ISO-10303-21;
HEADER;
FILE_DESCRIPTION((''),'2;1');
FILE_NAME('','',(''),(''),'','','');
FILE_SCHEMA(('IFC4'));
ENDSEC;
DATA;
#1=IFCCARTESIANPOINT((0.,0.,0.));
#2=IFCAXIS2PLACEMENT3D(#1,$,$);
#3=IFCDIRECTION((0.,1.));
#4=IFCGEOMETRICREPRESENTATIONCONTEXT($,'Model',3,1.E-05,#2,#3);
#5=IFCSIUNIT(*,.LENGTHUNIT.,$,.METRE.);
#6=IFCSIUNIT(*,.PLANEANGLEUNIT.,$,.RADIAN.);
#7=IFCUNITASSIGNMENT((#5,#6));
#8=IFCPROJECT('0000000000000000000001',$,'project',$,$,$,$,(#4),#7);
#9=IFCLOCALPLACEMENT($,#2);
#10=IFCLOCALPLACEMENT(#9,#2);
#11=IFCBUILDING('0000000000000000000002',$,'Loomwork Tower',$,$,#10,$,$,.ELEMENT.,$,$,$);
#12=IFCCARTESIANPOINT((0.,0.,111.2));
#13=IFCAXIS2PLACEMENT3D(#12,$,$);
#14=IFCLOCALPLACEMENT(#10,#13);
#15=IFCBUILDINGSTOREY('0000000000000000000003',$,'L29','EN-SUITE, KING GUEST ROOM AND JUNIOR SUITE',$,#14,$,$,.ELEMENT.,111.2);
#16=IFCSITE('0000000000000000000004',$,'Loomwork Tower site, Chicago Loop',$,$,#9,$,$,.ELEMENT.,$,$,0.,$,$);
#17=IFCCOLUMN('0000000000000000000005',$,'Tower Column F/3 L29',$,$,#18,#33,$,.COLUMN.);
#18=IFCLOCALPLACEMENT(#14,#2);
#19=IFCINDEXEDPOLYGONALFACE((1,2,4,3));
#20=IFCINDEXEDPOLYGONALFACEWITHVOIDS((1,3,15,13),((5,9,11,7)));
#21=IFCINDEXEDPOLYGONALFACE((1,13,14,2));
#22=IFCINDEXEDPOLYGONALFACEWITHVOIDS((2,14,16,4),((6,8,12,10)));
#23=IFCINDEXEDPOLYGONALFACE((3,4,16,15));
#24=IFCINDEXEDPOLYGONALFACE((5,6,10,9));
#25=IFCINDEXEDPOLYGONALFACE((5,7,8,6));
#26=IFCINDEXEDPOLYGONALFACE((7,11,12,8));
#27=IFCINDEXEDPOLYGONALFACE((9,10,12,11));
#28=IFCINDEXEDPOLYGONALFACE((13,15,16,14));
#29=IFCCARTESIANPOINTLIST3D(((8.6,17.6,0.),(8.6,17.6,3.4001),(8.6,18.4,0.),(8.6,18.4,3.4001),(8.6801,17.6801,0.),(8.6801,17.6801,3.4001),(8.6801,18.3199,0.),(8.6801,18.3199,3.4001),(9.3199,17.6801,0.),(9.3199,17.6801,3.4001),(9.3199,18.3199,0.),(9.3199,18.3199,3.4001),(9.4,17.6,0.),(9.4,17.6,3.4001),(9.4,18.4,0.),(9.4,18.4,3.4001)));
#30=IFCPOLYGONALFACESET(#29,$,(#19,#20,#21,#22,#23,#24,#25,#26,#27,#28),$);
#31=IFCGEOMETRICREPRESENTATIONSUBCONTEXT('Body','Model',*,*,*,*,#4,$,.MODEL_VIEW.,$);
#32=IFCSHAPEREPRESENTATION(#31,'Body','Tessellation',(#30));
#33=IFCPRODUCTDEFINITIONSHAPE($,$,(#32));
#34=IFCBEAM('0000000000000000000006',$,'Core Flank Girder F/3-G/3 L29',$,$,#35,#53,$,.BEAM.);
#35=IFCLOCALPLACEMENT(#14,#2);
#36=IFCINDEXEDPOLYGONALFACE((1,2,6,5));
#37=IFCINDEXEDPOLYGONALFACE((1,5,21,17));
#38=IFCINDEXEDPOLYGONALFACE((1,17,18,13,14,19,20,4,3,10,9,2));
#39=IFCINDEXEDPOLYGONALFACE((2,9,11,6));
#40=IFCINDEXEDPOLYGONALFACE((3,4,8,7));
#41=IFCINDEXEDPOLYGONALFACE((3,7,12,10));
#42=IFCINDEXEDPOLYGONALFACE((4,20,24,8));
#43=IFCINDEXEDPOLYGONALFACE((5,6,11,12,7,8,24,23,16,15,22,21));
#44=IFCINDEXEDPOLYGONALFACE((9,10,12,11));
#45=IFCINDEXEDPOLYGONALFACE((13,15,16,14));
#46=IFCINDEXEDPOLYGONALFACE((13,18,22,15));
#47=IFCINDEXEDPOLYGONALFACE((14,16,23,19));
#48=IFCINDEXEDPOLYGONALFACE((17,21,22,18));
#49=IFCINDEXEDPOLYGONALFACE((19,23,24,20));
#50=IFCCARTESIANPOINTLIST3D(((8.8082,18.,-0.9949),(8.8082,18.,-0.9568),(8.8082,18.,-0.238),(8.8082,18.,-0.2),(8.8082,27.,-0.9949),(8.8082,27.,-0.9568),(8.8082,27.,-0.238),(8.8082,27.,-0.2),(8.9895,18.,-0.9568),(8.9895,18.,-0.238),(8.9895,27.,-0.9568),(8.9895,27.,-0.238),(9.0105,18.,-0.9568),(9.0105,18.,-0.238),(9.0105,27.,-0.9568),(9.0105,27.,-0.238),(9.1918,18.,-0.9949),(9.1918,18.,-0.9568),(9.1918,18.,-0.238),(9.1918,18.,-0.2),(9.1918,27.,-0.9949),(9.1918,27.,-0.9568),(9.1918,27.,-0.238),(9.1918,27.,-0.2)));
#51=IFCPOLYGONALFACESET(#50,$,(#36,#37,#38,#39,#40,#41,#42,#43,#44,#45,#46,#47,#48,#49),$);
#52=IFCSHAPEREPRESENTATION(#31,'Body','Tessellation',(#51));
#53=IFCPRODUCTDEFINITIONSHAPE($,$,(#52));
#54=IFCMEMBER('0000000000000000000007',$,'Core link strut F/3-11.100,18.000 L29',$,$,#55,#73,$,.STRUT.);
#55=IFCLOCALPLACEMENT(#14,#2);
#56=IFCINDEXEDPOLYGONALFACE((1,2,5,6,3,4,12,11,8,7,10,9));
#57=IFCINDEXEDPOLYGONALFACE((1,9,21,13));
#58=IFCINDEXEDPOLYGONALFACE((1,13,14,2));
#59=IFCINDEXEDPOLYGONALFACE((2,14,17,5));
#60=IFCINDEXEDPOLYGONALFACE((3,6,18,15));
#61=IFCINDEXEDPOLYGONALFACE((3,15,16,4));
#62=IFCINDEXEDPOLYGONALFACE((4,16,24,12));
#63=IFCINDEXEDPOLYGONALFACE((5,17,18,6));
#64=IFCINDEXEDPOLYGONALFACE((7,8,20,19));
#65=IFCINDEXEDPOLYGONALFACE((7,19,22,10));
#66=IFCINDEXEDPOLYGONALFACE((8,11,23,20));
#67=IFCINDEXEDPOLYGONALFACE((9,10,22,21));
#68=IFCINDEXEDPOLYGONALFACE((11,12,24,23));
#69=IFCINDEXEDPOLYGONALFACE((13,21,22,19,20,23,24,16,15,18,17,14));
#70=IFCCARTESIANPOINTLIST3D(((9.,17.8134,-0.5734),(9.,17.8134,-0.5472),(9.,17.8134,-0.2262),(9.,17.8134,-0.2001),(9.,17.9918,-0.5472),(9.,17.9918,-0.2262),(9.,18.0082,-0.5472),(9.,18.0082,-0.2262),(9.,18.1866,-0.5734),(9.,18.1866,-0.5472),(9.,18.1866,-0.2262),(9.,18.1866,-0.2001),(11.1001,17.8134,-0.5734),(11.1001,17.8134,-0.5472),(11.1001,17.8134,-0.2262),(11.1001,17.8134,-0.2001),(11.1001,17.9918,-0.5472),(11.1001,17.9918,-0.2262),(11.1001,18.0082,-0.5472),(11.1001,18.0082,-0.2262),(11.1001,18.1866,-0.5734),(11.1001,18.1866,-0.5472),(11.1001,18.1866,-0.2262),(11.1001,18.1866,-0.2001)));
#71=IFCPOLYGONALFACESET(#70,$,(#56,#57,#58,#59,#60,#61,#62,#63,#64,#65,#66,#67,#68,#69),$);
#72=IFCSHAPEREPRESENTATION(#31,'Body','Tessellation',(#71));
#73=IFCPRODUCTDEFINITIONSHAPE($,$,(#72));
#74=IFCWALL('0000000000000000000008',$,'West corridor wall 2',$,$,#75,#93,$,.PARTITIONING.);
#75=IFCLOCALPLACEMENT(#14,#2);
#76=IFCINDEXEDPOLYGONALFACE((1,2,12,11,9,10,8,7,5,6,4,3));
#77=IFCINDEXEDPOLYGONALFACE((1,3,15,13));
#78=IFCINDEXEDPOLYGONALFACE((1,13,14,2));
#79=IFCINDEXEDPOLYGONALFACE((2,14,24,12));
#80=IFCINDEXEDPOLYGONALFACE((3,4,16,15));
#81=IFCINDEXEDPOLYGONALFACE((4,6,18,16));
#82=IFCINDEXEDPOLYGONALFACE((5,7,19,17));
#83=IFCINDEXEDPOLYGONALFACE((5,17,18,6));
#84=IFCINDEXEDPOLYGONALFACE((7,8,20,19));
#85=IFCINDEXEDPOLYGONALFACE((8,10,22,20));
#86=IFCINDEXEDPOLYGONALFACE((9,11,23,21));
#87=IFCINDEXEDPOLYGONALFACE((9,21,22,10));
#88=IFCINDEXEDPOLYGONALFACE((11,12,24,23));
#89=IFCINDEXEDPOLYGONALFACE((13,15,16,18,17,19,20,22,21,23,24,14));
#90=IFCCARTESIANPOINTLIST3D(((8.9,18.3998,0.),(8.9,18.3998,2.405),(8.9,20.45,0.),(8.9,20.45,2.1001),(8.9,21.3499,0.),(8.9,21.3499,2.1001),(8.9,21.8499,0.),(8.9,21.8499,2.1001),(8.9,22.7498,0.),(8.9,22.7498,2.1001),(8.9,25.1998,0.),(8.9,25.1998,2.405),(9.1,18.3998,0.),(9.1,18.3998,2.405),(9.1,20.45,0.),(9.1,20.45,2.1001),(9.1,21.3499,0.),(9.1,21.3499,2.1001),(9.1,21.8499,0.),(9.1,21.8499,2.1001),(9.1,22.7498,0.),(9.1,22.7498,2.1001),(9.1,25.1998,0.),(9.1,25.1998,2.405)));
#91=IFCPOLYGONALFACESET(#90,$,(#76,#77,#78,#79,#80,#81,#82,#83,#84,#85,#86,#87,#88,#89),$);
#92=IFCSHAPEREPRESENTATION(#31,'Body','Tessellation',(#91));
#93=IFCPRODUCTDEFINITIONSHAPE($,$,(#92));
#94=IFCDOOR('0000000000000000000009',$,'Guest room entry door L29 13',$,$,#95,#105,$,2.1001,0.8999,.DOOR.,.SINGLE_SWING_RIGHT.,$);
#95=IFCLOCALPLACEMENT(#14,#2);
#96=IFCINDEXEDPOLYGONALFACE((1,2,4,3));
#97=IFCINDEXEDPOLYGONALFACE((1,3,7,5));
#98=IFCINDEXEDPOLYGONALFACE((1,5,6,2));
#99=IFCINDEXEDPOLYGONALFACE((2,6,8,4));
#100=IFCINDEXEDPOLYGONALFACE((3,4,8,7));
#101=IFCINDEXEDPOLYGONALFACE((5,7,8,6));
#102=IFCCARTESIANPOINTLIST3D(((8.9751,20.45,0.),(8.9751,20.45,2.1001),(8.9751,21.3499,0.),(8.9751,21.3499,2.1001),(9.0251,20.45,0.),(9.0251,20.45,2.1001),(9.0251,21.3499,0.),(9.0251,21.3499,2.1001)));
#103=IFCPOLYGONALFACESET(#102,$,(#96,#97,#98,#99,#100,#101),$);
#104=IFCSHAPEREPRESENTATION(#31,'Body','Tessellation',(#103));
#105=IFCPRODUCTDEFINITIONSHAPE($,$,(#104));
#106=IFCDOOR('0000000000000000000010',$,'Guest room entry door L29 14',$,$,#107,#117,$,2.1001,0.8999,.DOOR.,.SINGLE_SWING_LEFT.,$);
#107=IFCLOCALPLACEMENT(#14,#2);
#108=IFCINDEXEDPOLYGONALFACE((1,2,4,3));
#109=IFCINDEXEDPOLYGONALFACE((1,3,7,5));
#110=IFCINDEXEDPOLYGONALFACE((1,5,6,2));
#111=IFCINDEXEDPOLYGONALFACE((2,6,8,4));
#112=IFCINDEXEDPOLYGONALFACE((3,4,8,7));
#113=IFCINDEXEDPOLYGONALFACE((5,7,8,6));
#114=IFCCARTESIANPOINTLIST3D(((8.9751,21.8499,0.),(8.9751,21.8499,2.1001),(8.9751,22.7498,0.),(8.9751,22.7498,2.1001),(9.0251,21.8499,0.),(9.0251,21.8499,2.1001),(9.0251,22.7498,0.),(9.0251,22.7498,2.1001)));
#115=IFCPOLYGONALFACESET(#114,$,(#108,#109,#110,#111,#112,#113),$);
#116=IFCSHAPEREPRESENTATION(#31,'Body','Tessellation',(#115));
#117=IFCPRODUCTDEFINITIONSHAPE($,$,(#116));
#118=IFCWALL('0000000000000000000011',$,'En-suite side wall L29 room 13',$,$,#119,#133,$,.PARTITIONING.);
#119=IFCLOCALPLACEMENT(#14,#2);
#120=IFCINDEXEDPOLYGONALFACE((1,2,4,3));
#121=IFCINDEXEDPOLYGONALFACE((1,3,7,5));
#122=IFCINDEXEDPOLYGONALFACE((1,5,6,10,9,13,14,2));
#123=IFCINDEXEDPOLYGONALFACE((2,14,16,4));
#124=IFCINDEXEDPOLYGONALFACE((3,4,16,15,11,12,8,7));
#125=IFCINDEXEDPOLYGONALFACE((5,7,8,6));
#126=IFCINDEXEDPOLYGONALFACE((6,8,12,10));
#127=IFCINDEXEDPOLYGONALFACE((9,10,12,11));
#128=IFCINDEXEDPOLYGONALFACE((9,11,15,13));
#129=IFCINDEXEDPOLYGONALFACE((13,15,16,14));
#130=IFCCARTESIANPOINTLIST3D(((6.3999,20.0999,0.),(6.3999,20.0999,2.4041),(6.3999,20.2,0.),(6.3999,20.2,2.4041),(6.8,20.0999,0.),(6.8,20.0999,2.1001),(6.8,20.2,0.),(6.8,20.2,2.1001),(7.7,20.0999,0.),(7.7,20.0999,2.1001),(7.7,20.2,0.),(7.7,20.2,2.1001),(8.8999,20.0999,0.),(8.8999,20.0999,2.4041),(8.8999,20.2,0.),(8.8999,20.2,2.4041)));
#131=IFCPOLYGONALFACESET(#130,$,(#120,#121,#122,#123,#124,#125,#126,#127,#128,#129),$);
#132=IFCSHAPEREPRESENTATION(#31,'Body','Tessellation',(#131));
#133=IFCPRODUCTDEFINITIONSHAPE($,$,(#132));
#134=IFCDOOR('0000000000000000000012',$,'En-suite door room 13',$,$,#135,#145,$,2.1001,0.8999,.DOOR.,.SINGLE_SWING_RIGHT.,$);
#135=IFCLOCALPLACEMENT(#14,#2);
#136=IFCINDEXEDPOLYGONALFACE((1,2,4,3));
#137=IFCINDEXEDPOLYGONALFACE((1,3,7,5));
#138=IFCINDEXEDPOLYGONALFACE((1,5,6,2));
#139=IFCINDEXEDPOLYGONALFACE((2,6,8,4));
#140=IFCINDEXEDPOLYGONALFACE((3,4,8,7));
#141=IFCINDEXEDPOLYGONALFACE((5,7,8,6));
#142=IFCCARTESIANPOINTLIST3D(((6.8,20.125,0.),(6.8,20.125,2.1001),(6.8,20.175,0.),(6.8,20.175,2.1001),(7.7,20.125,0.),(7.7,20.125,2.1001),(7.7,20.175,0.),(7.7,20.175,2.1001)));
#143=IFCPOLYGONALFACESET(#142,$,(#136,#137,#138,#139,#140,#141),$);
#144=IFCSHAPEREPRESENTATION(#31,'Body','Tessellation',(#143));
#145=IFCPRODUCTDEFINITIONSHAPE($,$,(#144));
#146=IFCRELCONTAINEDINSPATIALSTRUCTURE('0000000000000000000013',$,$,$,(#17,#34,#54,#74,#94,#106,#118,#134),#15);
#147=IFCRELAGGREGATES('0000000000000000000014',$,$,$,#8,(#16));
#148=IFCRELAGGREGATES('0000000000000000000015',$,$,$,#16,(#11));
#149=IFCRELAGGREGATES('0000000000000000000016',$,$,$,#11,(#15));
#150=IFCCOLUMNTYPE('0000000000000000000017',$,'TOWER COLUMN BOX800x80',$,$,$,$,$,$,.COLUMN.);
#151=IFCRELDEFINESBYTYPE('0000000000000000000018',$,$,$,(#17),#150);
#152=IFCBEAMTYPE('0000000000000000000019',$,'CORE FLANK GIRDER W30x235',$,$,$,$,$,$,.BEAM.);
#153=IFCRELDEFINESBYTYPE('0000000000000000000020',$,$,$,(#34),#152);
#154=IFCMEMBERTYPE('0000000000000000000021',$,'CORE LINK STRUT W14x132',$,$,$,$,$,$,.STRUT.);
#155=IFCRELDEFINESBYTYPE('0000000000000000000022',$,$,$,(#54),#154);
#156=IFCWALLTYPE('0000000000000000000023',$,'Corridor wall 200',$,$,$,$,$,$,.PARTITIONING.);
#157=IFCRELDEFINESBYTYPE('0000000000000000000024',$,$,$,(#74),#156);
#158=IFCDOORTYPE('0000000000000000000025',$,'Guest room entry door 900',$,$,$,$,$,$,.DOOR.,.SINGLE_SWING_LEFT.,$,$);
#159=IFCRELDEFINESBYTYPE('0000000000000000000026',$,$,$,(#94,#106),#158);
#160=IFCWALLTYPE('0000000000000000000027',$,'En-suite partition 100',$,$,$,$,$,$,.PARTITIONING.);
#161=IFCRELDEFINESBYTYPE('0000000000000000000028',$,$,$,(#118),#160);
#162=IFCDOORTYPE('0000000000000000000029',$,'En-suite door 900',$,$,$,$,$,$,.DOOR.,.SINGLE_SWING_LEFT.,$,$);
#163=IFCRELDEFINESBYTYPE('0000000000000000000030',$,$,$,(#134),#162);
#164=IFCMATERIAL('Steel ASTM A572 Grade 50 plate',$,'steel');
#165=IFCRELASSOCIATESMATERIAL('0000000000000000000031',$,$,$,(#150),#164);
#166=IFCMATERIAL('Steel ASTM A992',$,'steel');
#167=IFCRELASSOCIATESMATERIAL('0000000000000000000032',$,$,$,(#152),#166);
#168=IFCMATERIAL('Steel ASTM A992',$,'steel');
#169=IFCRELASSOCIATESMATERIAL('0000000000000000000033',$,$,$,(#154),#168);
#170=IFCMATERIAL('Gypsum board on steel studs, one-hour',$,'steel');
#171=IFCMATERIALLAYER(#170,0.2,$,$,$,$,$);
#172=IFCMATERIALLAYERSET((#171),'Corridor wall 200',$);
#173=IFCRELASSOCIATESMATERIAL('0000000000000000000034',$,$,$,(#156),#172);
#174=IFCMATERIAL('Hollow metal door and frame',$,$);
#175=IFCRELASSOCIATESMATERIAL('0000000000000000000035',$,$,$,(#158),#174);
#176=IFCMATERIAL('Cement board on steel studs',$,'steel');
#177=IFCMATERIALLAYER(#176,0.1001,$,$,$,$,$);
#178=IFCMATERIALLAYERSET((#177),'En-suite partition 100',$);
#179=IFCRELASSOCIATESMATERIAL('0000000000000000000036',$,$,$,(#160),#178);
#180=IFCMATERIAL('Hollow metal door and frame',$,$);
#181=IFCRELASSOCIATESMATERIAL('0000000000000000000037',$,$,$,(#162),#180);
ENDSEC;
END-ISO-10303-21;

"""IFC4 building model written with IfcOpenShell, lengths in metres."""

from ifc_helpers import new_model, si_unit, direction, frame, frame_2d, origin, origin_2d, place, context, subcontext, project, spatial, rectangle, hollow_rectangle, i_section, extrude, material, layer, layer_set, material_profile, profile_set, type_object, element, fill, save


model = new_model("IFC4")

# Units and contexts
model_context = context("Model", 3, precision=1e-05, world=origin(), true_north=direction((0.0, 1.0)))
body_context = subcontext(model_context, "Body", "Model", "MODEL_VIEW")
ifc_project = project(units=[si_unit("LENGTHUNIT", "METRE"), si_unit("PLANEANGLEUNIT", "RADIAN")], contexts=[model_context])

# Site, building, storey
site_placement = place(None, origin())
site = spatial("IfcSite", under=ifc_project, at=site_placement, Name="Loomwork Tower site, Chicago Loop", CompositionType="ELEMENT", RefElevation=0.0)
building_placement = place(site_placement, origin())
building = spatial("IfcBuilding", under=site, at=building_placement, Name="Loomwork Tower", CompositionType="ELEMENT")
storey_placement = place(building_placement, frame((0.0, 0.0, 111.2)))
storey = spatial("IfcBuildingStorey", under=building, at=storey_placement, Name="L29", Description="EN-SUITE, KING GUEST ROOM AND JUNIOR SUITE", CompositionType="ELEMENT", Elevation=111.2)

# Column
ifc_material_1 = material(Name="Steel ASTM A572 Grade 50 plate", Category="steel")
ifc_material_profile_1 = material_profile(ifc_material_1, hollow_rectangle(XDim=0.8, YDim=0.8, WallThickness=0.0801, at=origin_2d()), Name="BOX800x80")
ifc_profile_set_1 = profile_set([ifc_material_profile_1], Name="Steel ASTM A572 Grade 50 plate")
column_type = type_object("IfcColumnType", Name="TOWER COLUMN BOX800x80", PredefinedType="COLUMN", material=ifc_profile_set_1)
column_placement = place(storey_placement, frame((9.0, 18.0, 0.0), z_axis=(0.0, 0.0, 1.0), x_axis=(1.0, 0.0, 0.0)))
element("IfcColumn", 1, at=column_placement, inside=storey, type_object=column_type, Name="Tower Column F/3 L29", PredefinedType="COLUMN", context=body_context, shape_type="SweptSolid", body=[
    extrude(hollow_rectangle(XDim=0.8, YDim=0.8, WallThickness=0.0801, at=origin_2d()), origin(), (0.0, 0.0, 1.0), 3.4001),
])

# Beam
ifc_material_2 = material(Name="Steel ASTM A992", Category="steel")
ifc_material_profile_2 = material_profile(ifc_material_2, i_section(OverallWidth=0.3835, OverallDepth=0.7949, WebThickness=0.021, FlangeThickness=0.0381, at=origin_2d()), Name="W30x235")
ifc_profile_set_2 = profile_set([ifc_material_profile_2], Name="Steel ASTM A992")
beam_type = type_object("IfcBeamType", Name="CORE FLANK GIRDER W30x235", PredefinedType="BEAM", material=ifc_profile_set_2)
beam_placement = place(storey_placement, frame((9.0, 18.0, -0.5974), z_axis=(0.0, 1.0, 0.0), x_axis=(-1.0, 0.0, 0.0)))
element("IfcBeam", 2, at=beam_placement, inside=storey, type_object=beam_type, Name="Core Flank Girder F/3-G/3 L29", PredefinedType="BEAM", context=body_context, shape_type="SweptSolid", body=[
    extrude(i_section(OverallWidth=0.3835, OverallDepth=0.7949, WebThickness=0.021, FlangeThickness=0.0381, at=origin_2d()), origin(), (0.0, 0.0, 1.0), 9.0),
])

# Member
ifc_material_3 = material(Name="Steel ASTM A992", Category="steel")
ifc_material_profile_3 = material_profile(ifc_material_3, i_section(OverallWidth=0.3733, OverallDepth=0.3733, WebThickness=0.0164, FlangeThickness=0.0261, at=origin_2d()), Name="W14x132")
ifc_profile_set_3 = profile_set([ifc_material_profile_3], Name="Steel ASTM A992")
member_type = type_object("IfcMemberType", Name="CORE LINK STRUT W14x132", PredefinedType="STRUT", material=ifc_profile_set_3)
member_placement = place(storey_placement, frame((9.0, 18.0, -0.3867), z_axis=(1.0, 0.0, 0.0), x_axis=(0.0, 1.0, 0.0)))
element("IfcMember", 3, at=member_placement, inside=storey, type_object=member_type, Name="Core link strut F/3-11.100,18.000 L29", PredefinedType="STRUT", context=body_context, shape_type="SweptSolid", body=[
    extrude(i_section(OverallWidth=0.3733, OverallDepth=0.3733, WebThickness=0.0164, FlangeThickness=0.0261, at=origin_2d()), origin(), (0.0, 0.0, 1.0), 2.1001),
])

# Wall, openings, doors
ifc_material_4 = material(Name="Gypsum board on steel studs, one-hour", Category="steel")
ifc_layer_1 = layer(ifc_material_4, 0.2)
ifc_layer_set_1 = layer_set([ifc_layer_1], Name="Corridor wall 200")
wall_type_1 = type_object("IfcWallType", Name="Corridor wall 200", PredefinedType="PARTITIONING", material=ifc_layer_set_1)
wall_1_placement = place(storey_placement, frame((9.0, 18.3999, 0.0), z_axis=(0.0, 0.0, 1.0), x_axis=(0.0, 1.0, 0.0)))
wall_1 = element("IfcWall", 4, at=wall_1_placement, inside=storey, type_object=wall_type_1, Name="West corridor wall 2", PredefinedType="PARTITIONING", context=body_context, shape_type="SweptSolid", body=[
    extrude(rectangle(XDim=6.8, YDim=0.2, at=frame_2d((3.3999, 0.0))), origin(), (0.0, 0.0, 1.0), 2.405),
])
opening_1_placement = place(wall_1_placement, frame((2.05, 0.0, 0.0)))
opening_1 = element("IfcOpeningElement", 5, at=opening_1_placement, cuts=wall_1, PredefinedType="OPENING", context=body_context, shape_type="SweptSolid", body=[
    extrude(rectangle(XDim=0.8999, YDim=2.1001, at=frame_2d((0.45, 1.05))), frame((0.0, 0.1099, 0.0), z_axis=(0.0, -1.0, 0.0), x_axis=(1.0, 0.0, 0.0)), (0.0, 0.0, 1.0), 0.22),
])
opening_2_placement = place(wall_1_placement, frame((3.45, 0.0, 0.0)))
opening_2 = element("IfcOpeningElement", 6, at=opening_2_placement, cuts=wall_1, PredefinedType="OPENING", context=body_context, shape_type="SweptSolid", body=[
    extrude(rectangle(XDim=0.8999, YDim=2.1001, at=frame_2d((0.45, 1.05))), frame((0.0, 0.1099, 0.0), z_axis=(0.0, -1.0, 0.0), x_axis=(1.0, 0.0, 0.0)), (0.0, 0.0, 1.0), 0.22),
])
ifc_material_5 = material(Name="Hollow metal door and frame")
door_type_1 = type_object("IfcDoorType", Name="Guest room entry door 900", OperationType="SINGLE_SWING_LEFT", PredefinedType="DOOR", material=ifc_material_5)
door_1_placement = place(opening_1_placement, origin())
door_1 = element("IfcDoor", 7, at=door_1_placement, inside=storey, type_object=door_type_1, Name="Guest room entry door L29 13", OperationType="SINGLE_SWING_RIGHT", OverallHeight=2.1001, OverallWidth=0.8999, PredefinedType="DOOR", context=body_context, shape_type="SweptSolid", body=[
    extrude(rectangle(XDim=0.8999, YDim=2.1001, at=frame_2d((0.45, 1.05))), frame((0.0, 0.0249, 0.0), z_axis=(0.0, -1.0, 0.0), x_axis=(1.0, 0.0, 0.0)), (0.0, 0.0, 1.0), 0.05),
])
fill(opening_1, door_1)
door_2_placement = place(opening_2_placement, origin())
door_2 = element("IfcDoor", 8, at=door_2_placement, inside=storey, type_object=door_type_1, Name="Guest room entry door L29 14", OperationType="SINGLE_SWING_LEFT", OverallHeight=2.1001, OverallWidth=0.8999, PredefinedType="DOOR", context=body_context, shape_type="SweptSolid", body=[
    extrude(rectangle(XDim=0.8999, YDim=2.1001, at=frame_2d((0.45, 1.05))), frame((0.0, 0.0249, 0.0), z_axis=(0.0, -1.0, 0.0), x_axis=(1.0, 0.0, 0.0)), (0.0, 0.0, 1.0), 0.05),
])
fill(opening_2, door_2)

# Wall, opening, door
ifc_material_6 = material(Name="Cement board on steel studs", Category="steel")
ifc_layer_2 = layer(ifc_material_6, 0.1001)
ifc_layer_set_2 = layer_set([ifc_layer_2], Name="En-suite partition 100")
wall_type_2 = type_object("IfcWallType", Name="En-suite partition 100", PredefinedType="PARTITIONING", material=ifc_layer_set_2)
wall_2_placement = place(storey_placement, frame((8.8999, 20.1499, 0.0), z_axis=(0.0, 0.0, 1.0), x_axis=(-1.0, 0.0, 0.0)))
wall_2 = element("IfcWall", 9, at=wall_2_placement, inside=storey, type_object=wall_type_2, Name="En-suite side wall L29 room 13", PredefinedType="PARTITIONING", context=body_context, shape_type="SweptSolid", body=[
    extrude(rectangle(XDim=2.5, YDim=0.1001, at=frame_2d((1.25, 0.0))), origin(), (0.0, 0.0, 1.0), 2.4041),
])
opening_3_placement = place(wall_2_placement, frame((1.2, 0.0, 0.0)))
opening_3 = element("IfcOpeningElement", 10, at=opening_3_placement, cuts=wall_2, PredefinedType="OPENING", context=body_context, shape_type="SweptSolid", body=[
    extrude(rectangle(XDim=0.8999, YDim=2.1001, at=frame_2d((0.45, 1.05))), frame((0.0, 0.0601, 0.0), z_axis=(0.0, -1.0, 0.0), x_axis=(1.0, 0.0, 0.0)), (0.0, 0.0, 1.0), 0.1201),
])
ifc_material_7 = material(Name="Hollow metal door and frame")
door_type_2 = type_object("IfcDoorType", Name="En-suite door 900", OperationType="SINGLE_SWING_LEFT", PredefinedType="DOOR", material=ifc_material_7)
door_3_placement = place(opening_3_placement, origin())
door_3 = element("IfcDoor", 11, at=door_3_placement, inside=storey, type_object=door_type_2, Name="En-suite door room 13", OperationType="SINGLE_SWING_RIGHT", OverallHeight=2.1001, OverallWidth=0.8999, PredefinedType="DOOR", context=body_context, shape_type="SweptSolid", body=[
    extrude(rectangle(XDim=0.8999, YDim=2.1001, at=frame_2d((0.45, 1.05))), frame((0.0, 0.0249, 0.0), z_axis=(0.0, -1.0, 0.0), x_axis=(1.0, 0.0, 0.0)), (0.0, 0.0, 1.0), 0.05),
])
fill(opening_3, door_3)

save(model, "model.ifc")
